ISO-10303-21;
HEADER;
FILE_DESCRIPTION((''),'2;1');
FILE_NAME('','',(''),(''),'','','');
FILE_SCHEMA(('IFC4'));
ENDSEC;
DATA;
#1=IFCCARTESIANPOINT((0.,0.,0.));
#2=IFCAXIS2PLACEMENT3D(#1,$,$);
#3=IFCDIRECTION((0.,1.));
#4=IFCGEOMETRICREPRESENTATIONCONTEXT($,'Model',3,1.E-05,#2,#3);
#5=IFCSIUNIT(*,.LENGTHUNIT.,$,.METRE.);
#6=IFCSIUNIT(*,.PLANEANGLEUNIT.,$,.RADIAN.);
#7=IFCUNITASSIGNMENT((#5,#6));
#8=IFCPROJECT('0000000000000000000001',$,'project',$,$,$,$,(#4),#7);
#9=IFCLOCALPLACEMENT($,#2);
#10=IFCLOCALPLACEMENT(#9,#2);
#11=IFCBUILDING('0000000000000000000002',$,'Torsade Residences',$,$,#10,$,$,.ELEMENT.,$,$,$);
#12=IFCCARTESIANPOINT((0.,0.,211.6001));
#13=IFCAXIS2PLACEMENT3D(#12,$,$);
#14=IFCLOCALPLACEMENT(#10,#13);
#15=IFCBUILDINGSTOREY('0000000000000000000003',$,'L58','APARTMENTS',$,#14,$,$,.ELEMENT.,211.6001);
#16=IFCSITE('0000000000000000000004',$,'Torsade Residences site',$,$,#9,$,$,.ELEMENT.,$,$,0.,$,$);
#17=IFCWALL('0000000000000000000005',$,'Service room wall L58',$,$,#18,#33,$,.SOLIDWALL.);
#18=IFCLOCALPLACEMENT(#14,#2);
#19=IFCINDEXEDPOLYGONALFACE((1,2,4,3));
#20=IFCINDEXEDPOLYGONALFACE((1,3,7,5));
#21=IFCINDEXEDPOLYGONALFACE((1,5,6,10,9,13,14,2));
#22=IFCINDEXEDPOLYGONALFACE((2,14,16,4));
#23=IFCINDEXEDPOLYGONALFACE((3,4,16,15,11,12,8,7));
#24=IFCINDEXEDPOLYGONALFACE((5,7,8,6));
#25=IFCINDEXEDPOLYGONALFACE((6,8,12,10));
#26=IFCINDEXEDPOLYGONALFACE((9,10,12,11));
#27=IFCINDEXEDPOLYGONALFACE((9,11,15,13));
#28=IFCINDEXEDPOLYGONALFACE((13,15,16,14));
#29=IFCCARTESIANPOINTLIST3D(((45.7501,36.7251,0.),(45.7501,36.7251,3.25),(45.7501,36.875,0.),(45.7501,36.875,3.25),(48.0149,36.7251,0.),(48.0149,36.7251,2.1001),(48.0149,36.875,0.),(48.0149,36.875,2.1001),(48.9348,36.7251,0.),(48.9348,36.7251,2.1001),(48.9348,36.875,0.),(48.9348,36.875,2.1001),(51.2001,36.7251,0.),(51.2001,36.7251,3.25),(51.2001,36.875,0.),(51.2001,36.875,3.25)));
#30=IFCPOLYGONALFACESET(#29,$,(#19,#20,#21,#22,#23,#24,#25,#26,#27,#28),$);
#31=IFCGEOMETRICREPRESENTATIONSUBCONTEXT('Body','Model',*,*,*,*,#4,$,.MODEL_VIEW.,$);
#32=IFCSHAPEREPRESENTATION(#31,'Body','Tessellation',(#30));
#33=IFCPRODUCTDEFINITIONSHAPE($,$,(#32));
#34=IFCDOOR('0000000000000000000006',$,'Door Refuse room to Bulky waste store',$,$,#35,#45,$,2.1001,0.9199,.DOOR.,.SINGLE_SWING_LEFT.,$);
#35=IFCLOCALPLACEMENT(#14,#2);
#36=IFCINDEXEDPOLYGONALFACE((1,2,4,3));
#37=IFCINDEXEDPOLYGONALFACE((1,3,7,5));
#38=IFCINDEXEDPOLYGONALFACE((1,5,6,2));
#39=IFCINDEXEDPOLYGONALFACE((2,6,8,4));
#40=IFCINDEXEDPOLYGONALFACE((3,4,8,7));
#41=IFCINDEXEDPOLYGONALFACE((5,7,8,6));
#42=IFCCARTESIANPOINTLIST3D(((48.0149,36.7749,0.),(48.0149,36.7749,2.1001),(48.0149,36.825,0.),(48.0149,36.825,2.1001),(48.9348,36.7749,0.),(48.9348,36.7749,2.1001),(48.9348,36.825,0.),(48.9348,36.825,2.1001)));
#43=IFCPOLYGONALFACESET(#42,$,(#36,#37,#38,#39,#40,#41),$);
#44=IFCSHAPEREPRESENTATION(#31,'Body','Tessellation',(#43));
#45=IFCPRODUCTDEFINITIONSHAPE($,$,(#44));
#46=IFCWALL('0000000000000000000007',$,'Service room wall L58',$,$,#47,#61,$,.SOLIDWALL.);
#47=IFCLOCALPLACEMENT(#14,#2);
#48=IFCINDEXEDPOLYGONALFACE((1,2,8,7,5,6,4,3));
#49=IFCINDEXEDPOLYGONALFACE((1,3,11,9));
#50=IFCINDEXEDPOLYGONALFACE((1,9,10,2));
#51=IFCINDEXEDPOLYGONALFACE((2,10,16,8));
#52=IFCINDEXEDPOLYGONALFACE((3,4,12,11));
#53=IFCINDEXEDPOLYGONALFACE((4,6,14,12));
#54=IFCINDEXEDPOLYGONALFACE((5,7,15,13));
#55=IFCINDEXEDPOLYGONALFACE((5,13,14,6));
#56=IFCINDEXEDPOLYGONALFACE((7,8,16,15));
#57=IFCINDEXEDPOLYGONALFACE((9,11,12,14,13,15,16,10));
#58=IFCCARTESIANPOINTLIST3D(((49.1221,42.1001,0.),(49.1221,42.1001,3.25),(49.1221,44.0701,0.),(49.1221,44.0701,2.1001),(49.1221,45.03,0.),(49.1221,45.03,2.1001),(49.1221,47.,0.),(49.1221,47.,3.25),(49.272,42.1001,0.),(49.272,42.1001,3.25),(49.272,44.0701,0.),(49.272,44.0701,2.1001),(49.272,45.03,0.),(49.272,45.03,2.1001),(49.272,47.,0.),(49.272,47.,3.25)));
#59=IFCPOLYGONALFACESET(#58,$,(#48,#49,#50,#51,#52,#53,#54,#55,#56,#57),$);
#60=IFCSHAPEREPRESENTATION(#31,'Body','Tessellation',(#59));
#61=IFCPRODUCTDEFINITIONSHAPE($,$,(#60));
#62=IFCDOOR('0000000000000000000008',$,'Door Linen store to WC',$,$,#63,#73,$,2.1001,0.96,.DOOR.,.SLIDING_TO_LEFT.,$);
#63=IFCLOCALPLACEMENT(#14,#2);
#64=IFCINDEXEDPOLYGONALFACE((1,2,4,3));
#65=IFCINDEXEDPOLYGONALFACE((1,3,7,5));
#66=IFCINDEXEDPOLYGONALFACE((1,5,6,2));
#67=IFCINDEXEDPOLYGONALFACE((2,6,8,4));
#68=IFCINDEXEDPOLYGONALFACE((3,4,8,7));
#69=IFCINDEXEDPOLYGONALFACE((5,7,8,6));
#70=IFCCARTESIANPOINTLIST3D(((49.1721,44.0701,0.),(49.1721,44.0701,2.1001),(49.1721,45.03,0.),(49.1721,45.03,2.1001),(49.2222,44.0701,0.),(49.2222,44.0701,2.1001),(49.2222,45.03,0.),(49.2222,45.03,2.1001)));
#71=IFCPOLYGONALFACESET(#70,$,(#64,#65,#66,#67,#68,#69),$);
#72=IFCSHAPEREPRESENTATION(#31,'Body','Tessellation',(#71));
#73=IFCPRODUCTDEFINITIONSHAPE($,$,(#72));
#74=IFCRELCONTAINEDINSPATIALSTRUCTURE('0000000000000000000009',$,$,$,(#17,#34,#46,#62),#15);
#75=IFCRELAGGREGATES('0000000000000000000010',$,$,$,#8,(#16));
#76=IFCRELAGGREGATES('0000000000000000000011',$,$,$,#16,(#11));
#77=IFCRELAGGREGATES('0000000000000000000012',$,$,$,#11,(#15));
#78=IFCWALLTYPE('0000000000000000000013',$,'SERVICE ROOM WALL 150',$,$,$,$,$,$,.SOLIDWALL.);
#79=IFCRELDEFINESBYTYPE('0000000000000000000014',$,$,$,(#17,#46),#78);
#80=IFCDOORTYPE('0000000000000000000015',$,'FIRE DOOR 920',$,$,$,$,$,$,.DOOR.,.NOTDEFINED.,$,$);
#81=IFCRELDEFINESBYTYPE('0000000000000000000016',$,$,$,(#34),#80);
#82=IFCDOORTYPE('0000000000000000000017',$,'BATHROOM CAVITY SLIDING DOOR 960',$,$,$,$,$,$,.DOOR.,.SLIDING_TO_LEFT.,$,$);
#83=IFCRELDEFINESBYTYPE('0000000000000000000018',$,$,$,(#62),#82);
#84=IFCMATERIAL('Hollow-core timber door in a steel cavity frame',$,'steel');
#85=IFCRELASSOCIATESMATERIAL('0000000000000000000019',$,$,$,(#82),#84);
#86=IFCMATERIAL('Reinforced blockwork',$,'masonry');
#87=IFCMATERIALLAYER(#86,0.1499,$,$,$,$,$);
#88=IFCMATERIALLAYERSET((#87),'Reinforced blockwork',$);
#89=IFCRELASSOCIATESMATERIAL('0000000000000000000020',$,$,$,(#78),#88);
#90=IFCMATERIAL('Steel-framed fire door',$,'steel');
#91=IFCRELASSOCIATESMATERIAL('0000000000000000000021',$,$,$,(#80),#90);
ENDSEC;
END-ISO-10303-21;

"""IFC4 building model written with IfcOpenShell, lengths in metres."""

from ifc_helpers import new_model, si_unit, direction, frame, frame_2d, origin, place, context, subcontext, project, spatial, rectangle, extrude, material, layer, layer_set, type_object, element, fill, save


model = new_model("IFC4")

# Units and contexts
model_context = context("Model", 3, precision=1e-05, world=origin(), true_north=direction((0.0, 1.0)))
body_context = subcontext(model_context, "Body", "Model", "MODEL_VIEW")
ifc_project = project(units=[si_unit("LENGTHUNIT", "METRE"), si_unit("PLANEANGLEUNIT", "RADIAN")], contexts=[model_context])

# Site, building, storey
site_placement = place(None, origin())
site = spatial("IfcSite", under=ifc_project, at=site_placement, Name="Torsade Residences site", CompositionType="ELEMENT", RefElevation=0.0)
building_placement = place(site_placement, origin())
building = spatial("IfcBuilding", under=site, at=building_placement, Name="Torsade Residences", CompositionType="ELEMENT")
storey_placement = place(building_placement, frame((0.0, 0.0, 211.6001)))
storey = spatial("IfcBuildingStorey", under=building, at=storey_placement, Name="L58", Description="APARTMENTS", CompositionType="ELEMENT", Elevation=211.6001)

# Shared definitions
ifc_material_1 = material(Name="Hollow-core timber door in a steel cavity frame", Category="steel")
door_type_1 = type_object("IfcDoorType", Name="BATHROOM CAVITY SLIDING DOOR 960", OperationType="SLIDING_TO_LEFT", PredefinedType="DOOR", material=ifc_material_1)

# Shared definitions
ifc_material_2 = material(Name="Reinforced blockwork", Category="masonry")
ifc_layer_1 = layer(ifc_material_2, 0.1499)
ifc_layer_set_1 = layer_set([ifc_layer_1], Name="Reinforced blockwork")
wall_type_1 = type_object("IfcWallType", Name="SERVICE ROOM WALL 150", PredefinedType="SOLIDWALL", material=ifc_layer_set_1)

# Walls, openings, doors
wall_1_placement = place(storey_placement, frame((45.75, 36.8, 0.0), z_axis=(0.0, 0.0, 1.0), x_axis=(1.0, 0.0, 0.0)))
wall_1 = element("IfcWall", 1, at=wall_1_placement, inside=storey, type_object=wall_type_1, Name="Service room wall L58", PredefinedType="SOLIDWALL", context=body_context, shape_type="SweptSolid", body=[
    extrude(rectangle(XDim=5.45, YDim=0.1499, at=frame_2d((2.7251, 0.0))), origin(), (0.0, 0.0, 1.0), 3.25),
])
opening_1_placement = place(wall_1_placement, frame((2.2649, 0.0, 0.0)))
opening_1 = element("IfcOpeningElement", 2, at=opening_1_placement, cuts=wall_1, PredefinedType="OPENING", context=body_context, shape_type="SweptSolid", body=[
    extrude(rectangle(XDim=0.9199, YDim=2.1001, at=frame_2d((0.46, 1.05))), frame((0.0, 0.085, 0.0), z_axis=(0.0, -1.0, 0.0), x_axis=(1.0, 0.0, 0.0)), (0.0, 0.0, 1.0), 0.1699),
])
ifc_material_3 = material(Name="Steel-framed fire door", Category="steel")
door_type_2 = type_object("IfcDoorType", Name="FIRE DOOR 920", OperationType="NOTDEFINED", PredefinedType="DOOR", material=ifc_material_3)
door_1_placement = place(opening_1_placement, origin())
door_1 = element("IfcDoor", 3, at=door_1_placement, inside=storey, type_object=door_type_2, Name="Door Refuse room to Bulky waste store", OperationType="SINGLE_SWING_LEFT", OverallHeight=2.1001, OverallWidth=0.9199, PredefinedType="DOOR", context=body_context, shape_type="SweptSolid", body=[
    extrude(rectangle(XDim=0.9199, YDim=2.1001, at=frame_2d((0.46, 1.05))), frame((0.0, 0.0249, 0.0), z_axis=(0.0, -1.0, 0.0), x_axis=(1.0, 0.0, 0.0)), (0.0, 0.0, 1.0), 0.05),
])
fill(opening_1, door_1)
wall_2_placement = place(storey_placement, frame((49.197, 42.1001, 0.0), z_axis=(0.0, 0.0, 1.0), x_axis=(0.0, 1.0, 0.0)))
wall_2 = element("IfcWall", 4, at=wall_2_placement, inside=storey, type_object=wall_type_1, Name="Service room wall L58", PredefinedType="SOLIDWALL", context=body_context, shape_type="SweptSolid", body=[
    extrude(rectangle(XDim=4.8999, YDim=0.1499, at=frame_2d((2.45, 0.0))), origin(), (0.0, 0.0, 1.0), 3.25),
])
opening_2_placement = place(wall_2_placement, frame((1.97, 0.0, 0.0)))
opening_2 = element("IfcOpeningElement", 5, at=opening_2_placement, cuts=wall_2, PredefinedType="OPENING", context=body_context, shape_type="SweptSolid", body=[
    extrude(rectangle(XDim=0.96, YDim=2.1001, at=frame_2d((0.48, 1.05))), frame((0.0, 0.085, 0.0), z_axis=(0.0, -1.0, 0.0), x_axis=(1.0, 0.0, 0.0)), (0.0, 0.0, 1.0), 0.1699),
])
door_2_placement = place(opening_2_placement, origin())
door_2 = element("IfcDoor", 6, at=door_2_placement, inside=storey, type_object=door_type_1, Name="Door Linen store to WC", OperationType="SLIDING_TO_LEFT", OverallHeight=2.1001, OverallWidth=0.96, PredefinedType="DOOR", context=body_context, shape_type="SweptSolid", body=[
    extrude(rectangle(XDim=0.96, YDim=2.1001, at=frame_2d((0.48, 1.05))), frame((0.0, 0.0249, 0.0), z_axis=(0.0, -1.0, 0.0), x_axis=(1.0, 0.0, 0.0)), (0.0, 0.0, 1.0), 0.05),
])
fill(opening_2, door_2)

save(model, "model.ifc")
